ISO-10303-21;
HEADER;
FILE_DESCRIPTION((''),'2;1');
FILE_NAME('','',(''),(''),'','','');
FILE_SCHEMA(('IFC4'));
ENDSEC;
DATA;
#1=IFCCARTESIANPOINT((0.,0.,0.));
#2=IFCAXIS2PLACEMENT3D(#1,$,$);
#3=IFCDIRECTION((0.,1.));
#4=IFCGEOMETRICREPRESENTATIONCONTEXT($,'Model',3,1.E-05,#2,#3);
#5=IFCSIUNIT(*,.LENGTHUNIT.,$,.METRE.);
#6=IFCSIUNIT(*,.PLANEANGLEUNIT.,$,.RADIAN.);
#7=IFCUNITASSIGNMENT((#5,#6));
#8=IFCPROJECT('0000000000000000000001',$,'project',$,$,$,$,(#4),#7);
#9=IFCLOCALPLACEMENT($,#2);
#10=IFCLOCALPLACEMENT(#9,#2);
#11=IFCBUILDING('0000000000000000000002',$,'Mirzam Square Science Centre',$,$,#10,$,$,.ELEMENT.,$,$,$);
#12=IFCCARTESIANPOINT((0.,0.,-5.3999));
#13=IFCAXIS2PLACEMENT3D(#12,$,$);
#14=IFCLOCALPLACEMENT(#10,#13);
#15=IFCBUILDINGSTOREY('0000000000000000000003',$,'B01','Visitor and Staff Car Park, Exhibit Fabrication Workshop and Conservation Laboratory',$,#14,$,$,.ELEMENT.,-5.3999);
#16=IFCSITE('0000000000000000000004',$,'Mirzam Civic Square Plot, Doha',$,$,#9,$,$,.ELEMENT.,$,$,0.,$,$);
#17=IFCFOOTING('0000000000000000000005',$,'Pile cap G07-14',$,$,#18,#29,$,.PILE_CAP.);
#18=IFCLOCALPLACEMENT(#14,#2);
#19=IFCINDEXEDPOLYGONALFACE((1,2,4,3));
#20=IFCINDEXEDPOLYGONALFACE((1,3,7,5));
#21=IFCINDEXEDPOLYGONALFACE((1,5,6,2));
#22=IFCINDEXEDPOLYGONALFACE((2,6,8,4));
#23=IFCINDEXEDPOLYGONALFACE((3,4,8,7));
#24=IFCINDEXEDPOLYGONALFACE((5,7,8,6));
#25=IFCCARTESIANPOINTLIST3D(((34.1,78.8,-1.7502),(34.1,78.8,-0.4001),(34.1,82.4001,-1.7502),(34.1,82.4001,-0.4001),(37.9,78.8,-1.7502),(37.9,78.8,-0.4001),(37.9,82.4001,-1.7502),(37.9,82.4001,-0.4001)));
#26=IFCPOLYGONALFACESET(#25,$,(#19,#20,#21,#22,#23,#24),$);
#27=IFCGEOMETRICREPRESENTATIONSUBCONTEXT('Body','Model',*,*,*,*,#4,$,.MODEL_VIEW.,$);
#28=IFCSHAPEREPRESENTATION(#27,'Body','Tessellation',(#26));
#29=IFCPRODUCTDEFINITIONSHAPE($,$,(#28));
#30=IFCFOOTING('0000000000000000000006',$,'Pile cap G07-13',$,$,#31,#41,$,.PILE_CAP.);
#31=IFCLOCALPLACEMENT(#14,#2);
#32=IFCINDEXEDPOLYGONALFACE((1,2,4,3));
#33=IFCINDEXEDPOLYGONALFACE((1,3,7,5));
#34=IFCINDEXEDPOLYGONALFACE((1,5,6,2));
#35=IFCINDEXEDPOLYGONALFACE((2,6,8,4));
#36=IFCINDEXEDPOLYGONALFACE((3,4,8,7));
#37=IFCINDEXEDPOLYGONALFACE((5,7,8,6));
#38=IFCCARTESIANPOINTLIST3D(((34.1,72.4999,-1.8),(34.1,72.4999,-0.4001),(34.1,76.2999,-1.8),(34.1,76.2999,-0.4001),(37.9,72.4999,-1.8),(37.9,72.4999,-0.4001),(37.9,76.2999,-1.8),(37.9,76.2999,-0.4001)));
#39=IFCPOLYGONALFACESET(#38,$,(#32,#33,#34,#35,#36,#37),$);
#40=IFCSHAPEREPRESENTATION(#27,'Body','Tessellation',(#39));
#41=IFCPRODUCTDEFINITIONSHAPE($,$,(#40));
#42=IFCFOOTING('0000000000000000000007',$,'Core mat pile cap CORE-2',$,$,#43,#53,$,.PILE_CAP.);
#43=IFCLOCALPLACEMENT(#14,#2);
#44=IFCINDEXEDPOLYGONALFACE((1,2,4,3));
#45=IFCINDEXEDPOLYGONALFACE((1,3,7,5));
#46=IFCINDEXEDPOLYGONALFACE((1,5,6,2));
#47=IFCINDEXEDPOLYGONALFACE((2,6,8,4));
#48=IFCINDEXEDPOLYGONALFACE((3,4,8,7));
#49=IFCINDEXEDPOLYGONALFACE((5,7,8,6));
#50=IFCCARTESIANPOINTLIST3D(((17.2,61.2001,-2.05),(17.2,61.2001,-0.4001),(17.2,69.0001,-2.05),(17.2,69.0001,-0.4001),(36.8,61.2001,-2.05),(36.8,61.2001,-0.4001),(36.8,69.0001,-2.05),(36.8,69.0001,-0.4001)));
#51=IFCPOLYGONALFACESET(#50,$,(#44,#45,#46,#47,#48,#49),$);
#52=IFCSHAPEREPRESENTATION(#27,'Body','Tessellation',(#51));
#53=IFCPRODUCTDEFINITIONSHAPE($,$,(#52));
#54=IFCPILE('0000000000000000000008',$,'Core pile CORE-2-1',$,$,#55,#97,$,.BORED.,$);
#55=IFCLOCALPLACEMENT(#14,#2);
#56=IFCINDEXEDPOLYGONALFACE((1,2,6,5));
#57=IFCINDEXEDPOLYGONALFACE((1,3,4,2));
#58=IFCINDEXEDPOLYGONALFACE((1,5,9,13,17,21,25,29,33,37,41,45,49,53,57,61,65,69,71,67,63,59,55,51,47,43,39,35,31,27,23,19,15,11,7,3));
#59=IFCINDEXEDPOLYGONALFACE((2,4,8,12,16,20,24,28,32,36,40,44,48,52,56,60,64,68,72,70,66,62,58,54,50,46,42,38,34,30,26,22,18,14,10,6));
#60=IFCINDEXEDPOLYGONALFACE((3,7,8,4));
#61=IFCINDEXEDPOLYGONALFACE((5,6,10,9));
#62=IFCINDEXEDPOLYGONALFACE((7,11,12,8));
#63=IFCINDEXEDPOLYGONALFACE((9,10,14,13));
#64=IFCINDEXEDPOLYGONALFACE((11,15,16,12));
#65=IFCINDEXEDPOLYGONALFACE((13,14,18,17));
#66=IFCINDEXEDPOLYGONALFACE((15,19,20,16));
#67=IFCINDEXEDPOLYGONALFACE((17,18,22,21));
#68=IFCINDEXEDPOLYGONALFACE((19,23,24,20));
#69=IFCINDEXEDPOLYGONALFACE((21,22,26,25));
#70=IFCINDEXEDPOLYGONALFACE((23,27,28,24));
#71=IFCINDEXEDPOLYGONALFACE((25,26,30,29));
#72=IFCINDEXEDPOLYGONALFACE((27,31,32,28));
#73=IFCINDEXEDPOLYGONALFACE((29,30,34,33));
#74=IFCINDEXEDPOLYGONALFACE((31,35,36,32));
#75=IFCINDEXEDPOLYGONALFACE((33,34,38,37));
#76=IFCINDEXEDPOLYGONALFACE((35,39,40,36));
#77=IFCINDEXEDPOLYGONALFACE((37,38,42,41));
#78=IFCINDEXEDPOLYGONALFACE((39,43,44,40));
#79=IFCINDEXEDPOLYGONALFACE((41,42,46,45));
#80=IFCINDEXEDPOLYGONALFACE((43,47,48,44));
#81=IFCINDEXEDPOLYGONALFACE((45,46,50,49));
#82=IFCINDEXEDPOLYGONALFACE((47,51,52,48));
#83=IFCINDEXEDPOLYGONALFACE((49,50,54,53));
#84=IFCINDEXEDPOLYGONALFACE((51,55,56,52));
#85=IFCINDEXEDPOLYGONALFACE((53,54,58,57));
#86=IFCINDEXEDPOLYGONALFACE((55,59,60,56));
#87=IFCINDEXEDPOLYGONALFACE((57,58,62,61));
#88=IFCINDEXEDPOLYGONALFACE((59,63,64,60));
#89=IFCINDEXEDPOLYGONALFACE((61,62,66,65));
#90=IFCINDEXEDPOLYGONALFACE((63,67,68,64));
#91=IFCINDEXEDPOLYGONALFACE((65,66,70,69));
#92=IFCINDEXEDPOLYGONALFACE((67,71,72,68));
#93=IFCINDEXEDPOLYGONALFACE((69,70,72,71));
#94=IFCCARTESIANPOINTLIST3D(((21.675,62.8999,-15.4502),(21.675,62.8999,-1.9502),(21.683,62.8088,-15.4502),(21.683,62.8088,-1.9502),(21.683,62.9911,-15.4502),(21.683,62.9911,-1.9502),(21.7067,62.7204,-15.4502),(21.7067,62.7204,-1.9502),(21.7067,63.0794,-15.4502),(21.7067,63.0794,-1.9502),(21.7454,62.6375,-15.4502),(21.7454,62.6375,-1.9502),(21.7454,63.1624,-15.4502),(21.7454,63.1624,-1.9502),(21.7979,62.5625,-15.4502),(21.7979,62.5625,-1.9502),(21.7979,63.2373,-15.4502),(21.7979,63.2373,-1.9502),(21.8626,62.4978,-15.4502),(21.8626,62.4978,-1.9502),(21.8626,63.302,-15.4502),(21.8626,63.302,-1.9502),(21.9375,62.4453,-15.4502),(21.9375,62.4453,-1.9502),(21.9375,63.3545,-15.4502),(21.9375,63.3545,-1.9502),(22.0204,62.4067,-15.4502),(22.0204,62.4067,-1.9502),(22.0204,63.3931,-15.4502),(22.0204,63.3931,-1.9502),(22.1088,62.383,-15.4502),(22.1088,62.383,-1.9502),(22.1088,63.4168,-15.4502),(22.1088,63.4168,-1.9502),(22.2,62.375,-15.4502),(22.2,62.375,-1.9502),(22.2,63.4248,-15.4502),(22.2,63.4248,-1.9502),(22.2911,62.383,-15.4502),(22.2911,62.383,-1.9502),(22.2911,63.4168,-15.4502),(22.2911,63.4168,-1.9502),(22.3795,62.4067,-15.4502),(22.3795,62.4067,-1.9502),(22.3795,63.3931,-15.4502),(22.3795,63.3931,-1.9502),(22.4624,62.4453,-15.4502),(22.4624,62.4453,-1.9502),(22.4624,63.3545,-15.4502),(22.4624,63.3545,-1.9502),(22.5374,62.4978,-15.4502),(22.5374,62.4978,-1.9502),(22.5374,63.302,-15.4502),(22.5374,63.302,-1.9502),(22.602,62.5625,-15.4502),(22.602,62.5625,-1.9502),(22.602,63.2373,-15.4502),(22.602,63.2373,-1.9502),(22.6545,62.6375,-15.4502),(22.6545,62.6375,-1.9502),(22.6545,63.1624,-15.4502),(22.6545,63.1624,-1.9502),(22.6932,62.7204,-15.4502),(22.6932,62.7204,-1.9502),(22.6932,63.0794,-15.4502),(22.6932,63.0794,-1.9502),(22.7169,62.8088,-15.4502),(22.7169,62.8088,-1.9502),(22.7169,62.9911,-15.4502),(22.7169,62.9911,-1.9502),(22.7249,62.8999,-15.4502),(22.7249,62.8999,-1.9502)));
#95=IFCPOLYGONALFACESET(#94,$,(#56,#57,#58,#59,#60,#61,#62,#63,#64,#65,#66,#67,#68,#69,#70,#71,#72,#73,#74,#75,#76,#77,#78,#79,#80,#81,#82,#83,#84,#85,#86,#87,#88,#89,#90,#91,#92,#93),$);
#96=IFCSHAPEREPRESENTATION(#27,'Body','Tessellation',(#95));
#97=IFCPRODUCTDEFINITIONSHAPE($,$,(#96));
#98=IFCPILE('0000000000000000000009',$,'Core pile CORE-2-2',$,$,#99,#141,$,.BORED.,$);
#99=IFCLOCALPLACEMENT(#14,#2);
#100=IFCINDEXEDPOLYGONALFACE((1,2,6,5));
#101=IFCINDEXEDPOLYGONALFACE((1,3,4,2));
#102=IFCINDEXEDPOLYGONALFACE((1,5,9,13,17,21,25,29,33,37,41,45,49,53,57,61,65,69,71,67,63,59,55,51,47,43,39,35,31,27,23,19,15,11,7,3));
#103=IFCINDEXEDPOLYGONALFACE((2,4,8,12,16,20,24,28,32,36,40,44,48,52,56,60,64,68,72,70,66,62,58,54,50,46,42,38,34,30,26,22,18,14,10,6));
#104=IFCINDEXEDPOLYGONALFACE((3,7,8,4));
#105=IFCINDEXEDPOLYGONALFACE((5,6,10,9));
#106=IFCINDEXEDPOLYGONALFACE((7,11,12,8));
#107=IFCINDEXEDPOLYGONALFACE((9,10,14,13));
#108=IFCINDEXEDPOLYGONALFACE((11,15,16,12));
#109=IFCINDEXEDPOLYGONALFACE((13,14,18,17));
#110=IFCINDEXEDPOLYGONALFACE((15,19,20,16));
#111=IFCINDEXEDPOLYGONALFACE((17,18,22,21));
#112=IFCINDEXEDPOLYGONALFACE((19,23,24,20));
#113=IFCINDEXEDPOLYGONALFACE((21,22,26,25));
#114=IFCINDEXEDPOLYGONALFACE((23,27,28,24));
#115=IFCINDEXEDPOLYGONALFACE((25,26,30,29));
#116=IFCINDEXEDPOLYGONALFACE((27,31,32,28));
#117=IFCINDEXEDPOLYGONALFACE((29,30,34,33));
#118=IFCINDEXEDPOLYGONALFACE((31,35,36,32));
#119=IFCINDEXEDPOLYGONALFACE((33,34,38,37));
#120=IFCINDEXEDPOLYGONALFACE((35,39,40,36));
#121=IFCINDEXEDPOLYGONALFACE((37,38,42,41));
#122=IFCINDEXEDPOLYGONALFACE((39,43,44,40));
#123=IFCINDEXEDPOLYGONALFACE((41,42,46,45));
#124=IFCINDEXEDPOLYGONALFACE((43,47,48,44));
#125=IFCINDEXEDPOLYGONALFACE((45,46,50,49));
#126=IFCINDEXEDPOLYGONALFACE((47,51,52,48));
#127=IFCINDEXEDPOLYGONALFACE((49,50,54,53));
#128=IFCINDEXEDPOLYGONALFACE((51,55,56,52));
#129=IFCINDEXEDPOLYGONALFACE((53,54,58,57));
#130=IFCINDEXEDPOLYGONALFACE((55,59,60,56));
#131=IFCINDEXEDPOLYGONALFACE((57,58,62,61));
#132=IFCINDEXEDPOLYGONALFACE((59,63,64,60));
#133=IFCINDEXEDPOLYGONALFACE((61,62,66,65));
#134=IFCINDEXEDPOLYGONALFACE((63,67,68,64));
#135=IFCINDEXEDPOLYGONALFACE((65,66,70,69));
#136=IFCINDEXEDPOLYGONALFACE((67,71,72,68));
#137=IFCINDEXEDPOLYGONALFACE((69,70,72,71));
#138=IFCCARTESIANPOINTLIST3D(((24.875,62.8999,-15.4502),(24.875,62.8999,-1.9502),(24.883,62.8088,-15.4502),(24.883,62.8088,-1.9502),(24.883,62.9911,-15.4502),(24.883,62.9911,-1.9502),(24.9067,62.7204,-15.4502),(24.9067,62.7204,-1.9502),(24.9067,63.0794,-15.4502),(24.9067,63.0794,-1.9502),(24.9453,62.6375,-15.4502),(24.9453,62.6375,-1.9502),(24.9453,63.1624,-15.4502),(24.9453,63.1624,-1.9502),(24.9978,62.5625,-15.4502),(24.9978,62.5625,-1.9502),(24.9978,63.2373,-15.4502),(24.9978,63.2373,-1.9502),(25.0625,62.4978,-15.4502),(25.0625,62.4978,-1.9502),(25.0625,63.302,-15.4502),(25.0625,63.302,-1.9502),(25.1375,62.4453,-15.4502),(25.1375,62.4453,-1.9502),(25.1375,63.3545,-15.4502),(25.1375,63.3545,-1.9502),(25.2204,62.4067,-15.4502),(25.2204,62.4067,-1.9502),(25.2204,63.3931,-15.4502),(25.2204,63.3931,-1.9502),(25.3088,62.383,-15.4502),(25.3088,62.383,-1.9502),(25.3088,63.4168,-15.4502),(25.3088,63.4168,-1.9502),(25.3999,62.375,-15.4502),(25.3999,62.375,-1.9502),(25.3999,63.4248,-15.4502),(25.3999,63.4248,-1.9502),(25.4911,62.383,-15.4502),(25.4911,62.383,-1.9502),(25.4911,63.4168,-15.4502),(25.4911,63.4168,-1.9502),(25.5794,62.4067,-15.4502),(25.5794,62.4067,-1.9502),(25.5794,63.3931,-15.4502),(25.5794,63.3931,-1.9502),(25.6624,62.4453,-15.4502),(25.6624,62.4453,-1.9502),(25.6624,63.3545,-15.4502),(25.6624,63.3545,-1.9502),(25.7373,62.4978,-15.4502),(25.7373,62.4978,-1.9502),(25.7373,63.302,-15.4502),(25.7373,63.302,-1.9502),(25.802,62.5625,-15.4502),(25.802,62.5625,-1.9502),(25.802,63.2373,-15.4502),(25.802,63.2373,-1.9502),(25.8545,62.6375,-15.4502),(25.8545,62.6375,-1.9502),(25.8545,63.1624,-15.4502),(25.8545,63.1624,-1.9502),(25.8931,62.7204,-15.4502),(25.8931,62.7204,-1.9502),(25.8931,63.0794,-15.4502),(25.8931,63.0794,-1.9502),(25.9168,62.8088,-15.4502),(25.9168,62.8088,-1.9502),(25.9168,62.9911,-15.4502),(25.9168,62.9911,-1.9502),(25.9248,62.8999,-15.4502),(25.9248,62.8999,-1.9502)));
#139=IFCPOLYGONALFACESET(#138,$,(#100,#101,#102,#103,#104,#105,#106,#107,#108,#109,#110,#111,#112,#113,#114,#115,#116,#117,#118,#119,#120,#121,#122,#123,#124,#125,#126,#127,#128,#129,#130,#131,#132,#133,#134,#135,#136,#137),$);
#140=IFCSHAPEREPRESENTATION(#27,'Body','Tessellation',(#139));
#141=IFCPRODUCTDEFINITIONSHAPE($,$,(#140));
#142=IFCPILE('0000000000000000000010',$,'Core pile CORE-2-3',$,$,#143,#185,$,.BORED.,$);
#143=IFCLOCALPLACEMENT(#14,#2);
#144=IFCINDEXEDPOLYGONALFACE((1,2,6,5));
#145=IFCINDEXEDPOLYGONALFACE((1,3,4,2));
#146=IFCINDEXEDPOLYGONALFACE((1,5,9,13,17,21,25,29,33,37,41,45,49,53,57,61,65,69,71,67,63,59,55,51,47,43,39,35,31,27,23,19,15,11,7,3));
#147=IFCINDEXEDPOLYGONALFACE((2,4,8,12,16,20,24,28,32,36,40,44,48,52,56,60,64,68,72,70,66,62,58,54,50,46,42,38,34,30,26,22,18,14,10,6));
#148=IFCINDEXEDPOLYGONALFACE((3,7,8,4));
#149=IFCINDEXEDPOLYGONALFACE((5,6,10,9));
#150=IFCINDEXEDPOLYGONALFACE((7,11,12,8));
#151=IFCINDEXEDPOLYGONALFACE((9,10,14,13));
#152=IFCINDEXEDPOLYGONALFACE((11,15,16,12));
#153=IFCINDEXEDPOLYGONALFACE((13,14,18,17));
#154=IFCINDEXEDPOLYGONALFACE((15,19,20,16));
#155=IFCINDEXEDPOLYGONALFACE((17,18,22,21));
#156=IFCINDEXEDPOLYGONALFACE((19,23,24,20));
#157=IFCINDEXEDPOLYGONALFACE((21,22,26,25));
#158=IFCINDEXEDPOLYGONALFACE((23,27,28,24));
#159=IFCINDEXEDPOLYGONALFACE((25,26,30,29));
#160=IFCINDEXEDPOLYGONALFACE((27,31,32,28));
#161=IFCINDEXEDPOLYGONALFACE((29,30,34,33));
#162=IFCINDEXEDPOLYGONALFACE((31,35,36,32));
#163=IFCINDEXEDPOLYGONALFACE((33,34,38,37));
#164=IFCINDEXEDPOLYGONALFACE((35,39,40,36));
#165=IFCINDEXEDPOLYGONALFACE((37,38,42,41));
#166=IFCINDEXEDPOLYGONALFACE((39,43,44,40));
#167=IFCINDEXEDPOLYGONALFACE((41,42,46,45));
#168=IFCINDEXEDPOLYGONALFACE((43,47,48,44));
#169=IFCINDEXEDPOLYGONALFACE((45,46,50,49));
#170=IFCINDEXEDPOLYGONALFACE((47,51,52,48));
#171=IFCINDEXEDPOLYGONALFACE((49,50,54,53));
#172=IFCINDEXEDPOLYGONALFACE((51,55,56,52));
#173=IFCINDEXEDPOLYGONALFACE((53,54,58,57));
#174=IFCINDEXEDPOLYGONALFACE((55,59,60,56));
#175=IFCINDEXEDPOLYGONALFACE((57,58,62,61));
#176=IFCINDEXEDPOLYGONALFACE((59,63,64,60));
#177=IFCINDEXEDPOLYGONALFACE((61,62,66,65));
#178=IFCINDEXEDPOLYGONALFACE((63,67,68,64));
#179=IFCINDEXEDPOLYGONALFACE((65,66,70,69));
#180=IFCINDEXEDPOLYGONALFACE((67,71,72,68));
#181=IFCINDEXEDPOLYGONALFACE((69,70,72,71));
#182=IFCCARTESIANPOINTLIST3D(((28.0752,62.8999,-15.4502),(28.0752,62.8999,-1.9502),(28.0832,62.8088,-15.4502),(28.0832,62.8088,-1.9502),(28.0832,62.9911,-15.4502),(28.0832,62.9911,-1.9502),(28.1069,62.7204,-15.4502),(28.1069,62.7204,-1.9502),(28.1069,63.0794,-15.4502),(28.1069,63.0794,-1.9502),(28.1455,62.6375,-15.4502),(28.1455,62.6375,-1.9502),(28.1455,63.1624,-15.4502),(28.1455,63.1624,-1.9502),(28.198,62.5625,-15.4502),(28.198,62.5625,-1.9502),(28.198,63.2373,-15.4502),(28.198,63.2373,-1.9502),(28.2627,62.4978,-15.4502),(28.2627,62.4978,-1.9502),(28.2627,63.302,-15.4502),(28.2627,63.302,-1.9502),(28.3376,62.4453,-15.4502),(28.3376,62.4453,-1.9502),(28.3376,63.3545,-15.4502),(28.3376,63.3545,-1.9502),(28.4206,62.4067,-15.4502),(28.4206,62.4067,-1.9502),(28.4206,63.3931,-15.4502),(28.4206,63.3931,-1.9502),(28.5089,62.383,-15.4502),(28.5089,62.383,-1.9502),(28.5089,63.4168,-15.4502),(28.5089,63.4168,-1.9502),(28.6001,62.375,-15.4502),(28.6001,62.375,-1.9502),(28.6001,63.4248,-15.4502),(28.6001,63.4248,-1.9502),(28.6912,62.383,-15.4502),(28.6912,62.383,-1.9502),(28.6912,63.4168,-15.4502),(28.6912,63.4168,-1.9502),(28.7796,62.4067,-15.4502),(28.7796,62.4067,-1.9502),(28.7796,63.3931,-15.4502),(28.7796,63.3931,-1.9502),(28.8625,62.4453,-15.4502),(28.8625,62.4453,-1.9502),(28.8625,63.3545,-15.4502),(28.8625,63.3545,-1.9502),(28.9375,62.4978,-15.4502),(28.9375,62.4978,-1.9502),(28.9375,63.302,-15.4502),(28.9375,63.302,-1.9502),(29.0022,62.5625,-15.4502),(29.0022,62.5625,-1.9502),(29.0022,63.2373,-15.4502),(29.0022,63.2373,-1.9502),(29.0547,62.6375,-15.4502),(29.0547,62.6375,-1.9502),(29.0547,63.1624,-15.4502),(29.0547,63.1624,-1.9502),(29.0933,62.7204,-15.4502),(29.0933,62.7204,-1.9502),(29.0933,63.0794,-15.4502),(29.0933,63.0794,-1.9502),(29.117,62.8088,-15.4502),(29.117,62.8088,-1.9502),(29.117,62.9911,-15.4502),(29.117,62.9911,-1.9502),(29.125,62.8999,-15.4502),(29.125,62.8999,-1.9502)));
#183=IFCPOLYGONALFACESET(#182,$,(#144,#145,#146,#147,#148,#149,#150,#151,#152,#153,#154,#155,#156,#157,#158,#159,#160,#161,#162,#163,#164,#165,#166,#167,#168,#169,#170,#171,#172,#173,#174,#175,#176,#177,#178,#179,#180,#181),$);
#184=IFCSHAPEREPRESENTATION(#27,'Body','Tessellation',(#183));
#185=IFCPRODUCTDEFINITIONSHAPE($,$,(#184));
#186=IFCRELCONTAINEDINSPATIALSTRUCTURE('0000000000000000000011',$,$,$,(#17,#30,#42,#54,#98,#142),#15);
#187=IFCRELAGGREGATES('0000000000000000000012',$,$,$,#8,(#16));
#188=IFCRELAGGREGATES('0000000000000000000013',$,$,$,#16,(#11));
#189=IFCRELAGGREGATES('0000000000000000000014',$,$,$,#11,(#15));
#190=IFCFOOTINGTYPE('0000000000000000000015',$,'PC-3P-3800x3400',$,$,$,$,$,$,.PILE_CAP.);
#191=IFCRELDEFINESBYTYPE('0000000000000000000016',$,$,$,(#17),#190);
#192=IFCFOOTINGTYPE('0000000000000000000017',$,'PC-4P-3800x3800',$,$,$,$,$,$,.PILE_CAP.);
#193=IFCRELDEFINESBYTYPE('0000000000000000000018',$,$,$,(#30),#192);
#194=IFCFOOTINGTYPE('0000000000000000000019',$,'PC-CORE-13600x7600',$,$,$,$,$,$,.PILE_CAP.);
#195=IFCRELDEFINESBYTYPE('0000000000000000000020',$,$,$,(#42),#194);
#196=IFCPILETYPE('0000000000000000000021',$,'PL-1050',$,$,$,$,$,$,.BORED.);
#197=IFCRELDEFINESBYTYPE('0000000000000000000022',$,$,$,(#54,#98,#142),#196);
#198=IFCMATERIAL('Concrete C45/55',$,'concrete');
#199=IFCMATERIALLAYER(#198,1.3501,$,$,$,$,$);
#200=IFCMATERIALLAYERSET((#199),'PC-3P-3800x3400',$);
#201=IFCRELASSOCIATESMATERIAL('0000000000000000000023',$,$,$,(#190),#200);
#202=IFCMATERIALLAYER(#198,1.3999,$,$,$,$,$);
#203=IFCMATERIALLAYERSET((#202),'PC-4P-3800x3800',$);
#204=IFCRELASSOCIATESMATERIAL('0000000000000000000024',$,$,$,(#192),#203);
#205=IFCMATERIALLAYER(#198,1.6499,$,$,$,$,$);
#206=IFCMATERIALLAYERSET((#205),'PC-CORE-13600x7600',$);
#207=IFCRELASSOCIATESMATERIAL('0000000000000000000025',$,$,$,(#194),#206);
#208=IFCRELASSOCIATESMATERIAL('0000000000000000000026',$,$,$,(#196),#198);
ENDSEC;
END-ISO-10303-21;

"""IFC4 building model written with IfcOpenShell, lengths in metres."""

from ifc_helpers import new_model, si_unit, direction, frame, origin, origin_2d, place, context, subcontext, project, spatial, rectangle, circle, extrude, material, layer, layer_set, material_profile, profile_set, type_object, element, save


model = new_model("IFC4")

# Units and contexts
model_context = context("Model", 3, precision=1e-05, world=origin(), true_north=direction((0.0, 1.0)))
body_context = subcontext(model_context, "Body", "Model", "MODEL_VIEW")
ifc_project = project(units=[si_unit("LENGTHUNIT", "METRE"), si_unit("PLANEANGLEUNIT", "RADIAN")], contexts=[model_context])

# Site, building, storey
site_placement = place(None, origin())
site = spatial("IfcSite", under=ifc_project, at=site_placement, Name="Mirzam Civic Square Plot, Doha", CompositionType="ELEMENT", RefElevation=0.0)
building_placement = place(site_placement, origin())
building = spatial("IfcBuilding", under=site, at=building_placement, Name="Mirzam Square Science Centre", CompositionType="ELEMENT")
storey_placement = place(building_placement, frame((0.0, 0.0, -5.3999)))
storey = spatial("IfcBuildingStorey", under=building, at=storey_placement, Name="B01", Description="Visitor and Staff Car Park, Exhibit Fabrication Workshop and Conservation Laboratory", CompositionType="ELEMENT", Elevation=-5.3999)

# Footings
ifc_material_1 = material(Name="Concrete C45/55", Category="concrete")
ifc_layer_1 = layer(ifc_material_1, 1.3501)
ifc_layer_set_1 = layer_set([ifc_layer_1], Name="PC-3P-3800x3400")
footing_type_1 = type_object("IfcFootingType", Name="PC-3P-3800x3400", PredefinedType="PILE_CAP", material=ifc_layer_set_1)
footing_1_placement = place(storey_placement, frame((36.0, 80.6001, -1.7502), z_axis=(0.0, 0.0, 1.0), x_axis=(1.0, 0.0, 0.0)))
element("IfcFooting", 1, at=footing_1_placement, inside=storey, type_object=footing_type_1, Name="Pile cap G07-14", PredefinedType="PILE_CAP", context=body_context, shape_type="SweptSolid", body=[
    extrude(rectangle(XDim=3.8, YDim=3.6001, at=origin_2d()), origin(), (0.0, 0.0, 1.0), 1.3501),
])
ifc_layer_2 = layer(ifc_material_1, 1.3999)
ifc_layer_set_2 = layer_set([ifc_layer_2], Name="PC-4P-3800x3800")
footing_type_2 = type_object("IfcFootingType", Name="PC-4P-3800x3800", PredefinedType="PILE_CAP", material=ifc_layer_set_2)
footing_2_placement = place(storey_placement, frame((36.0, 74.3999, -1.8), z_axis=(0.0, 0.0, 1.0), x_axis=(1.0, 0.0, 0.0)))
element("IfcFooting", 2, at=footing_2_placement, inside=storey, type_object=footing_type_2, Name="Pile cap G07-13", PredefinedType="PILE_CAP", context=body_context, shape_type="SweptSolid", body=[
    extrude(rectangle(XDim=3.8, YDim=3.8, at=origin_2d()), origin(), (0.0, 0.0, 1.0), 1.3999),
])
ifc_layer_3 = layer(ifc_material_1, 1.6499)
ifc_layer_set_3 = layer_set([ifc_layer_3], Name="PC-CORE-13600x7600")
footing_type_3 = type_object("IfcFootingType", Name="PC-CORE-13600x7600", PredefinedType="PILE_CAP", material=ifc_layer_set_3)
footing_3_placement = place(storey_placement, frame((27.0, 65.1001, -2.05), z_axis=(0.0, 0.0, 1.0), x_axis=(1.0, 0.0, 0.0)))
element("IfcFooting", 3, at=footing_3_placement, inside=storey, type_object=footing_type_3, Name="Core mat pile cap CORE-2", PredefinedType="PILE_CAP", context=body_context, shape_type="SweptSolid", body=[
    extrude(rectangle(XDim=19.6001, YDim=7.8, at=origin_2d()), origin(), (0.0, 0.0, 1.0), 1.6499),
])

# Piles
ifc_material_profile_1 = material_profile(ifc_material_1, circle(Radius=0.5249, at=origin_2d()), Name="PILE-D1050")
ifc_profile_set_1 = profile_set([ifc_material_profile_1], Name="Concrete C45/55")
pile_type_1 = type_object("IfcPileType", Name="PL-1050", PredefinedType="BORED", material=ifc_profile_set_1)
for number, where, z_axis, x_axis, name in (
    (4, (22.2, 62.8999, -1.9502), (0.0, 0.0, -1.0), (1.0, 0.0, 0.0), "Core pile CORE-2-1"),
    (5, (25.3999, 62.8999, -1.9502), (0.0, 0.0, -1.0), (1.0, 0.0, 0.0), "Core pile CORE-2-2"),
    (6, (28.6001, 62.8999, -1.9502), (0.0, 0.0, -1.0), (1.0, 0.0, 0.0), "Core pile CORE-2-3"),
):
    element("IfcPile", number, at=place(storey_placement, frame(where, z_axis=z_axis, x_axis=x_axis)), inside=storey, type_object=pile_type_1, Name=name, PredefinedType="BORED", context=body_context, shape_type="SweptSolid", body=[
        extrude(circle(Radius=0.5249, at=origin_2d()), origin(), (0.0, 0.0, 1.0), 13.5),
    ])

save(model, "model.ifc")
